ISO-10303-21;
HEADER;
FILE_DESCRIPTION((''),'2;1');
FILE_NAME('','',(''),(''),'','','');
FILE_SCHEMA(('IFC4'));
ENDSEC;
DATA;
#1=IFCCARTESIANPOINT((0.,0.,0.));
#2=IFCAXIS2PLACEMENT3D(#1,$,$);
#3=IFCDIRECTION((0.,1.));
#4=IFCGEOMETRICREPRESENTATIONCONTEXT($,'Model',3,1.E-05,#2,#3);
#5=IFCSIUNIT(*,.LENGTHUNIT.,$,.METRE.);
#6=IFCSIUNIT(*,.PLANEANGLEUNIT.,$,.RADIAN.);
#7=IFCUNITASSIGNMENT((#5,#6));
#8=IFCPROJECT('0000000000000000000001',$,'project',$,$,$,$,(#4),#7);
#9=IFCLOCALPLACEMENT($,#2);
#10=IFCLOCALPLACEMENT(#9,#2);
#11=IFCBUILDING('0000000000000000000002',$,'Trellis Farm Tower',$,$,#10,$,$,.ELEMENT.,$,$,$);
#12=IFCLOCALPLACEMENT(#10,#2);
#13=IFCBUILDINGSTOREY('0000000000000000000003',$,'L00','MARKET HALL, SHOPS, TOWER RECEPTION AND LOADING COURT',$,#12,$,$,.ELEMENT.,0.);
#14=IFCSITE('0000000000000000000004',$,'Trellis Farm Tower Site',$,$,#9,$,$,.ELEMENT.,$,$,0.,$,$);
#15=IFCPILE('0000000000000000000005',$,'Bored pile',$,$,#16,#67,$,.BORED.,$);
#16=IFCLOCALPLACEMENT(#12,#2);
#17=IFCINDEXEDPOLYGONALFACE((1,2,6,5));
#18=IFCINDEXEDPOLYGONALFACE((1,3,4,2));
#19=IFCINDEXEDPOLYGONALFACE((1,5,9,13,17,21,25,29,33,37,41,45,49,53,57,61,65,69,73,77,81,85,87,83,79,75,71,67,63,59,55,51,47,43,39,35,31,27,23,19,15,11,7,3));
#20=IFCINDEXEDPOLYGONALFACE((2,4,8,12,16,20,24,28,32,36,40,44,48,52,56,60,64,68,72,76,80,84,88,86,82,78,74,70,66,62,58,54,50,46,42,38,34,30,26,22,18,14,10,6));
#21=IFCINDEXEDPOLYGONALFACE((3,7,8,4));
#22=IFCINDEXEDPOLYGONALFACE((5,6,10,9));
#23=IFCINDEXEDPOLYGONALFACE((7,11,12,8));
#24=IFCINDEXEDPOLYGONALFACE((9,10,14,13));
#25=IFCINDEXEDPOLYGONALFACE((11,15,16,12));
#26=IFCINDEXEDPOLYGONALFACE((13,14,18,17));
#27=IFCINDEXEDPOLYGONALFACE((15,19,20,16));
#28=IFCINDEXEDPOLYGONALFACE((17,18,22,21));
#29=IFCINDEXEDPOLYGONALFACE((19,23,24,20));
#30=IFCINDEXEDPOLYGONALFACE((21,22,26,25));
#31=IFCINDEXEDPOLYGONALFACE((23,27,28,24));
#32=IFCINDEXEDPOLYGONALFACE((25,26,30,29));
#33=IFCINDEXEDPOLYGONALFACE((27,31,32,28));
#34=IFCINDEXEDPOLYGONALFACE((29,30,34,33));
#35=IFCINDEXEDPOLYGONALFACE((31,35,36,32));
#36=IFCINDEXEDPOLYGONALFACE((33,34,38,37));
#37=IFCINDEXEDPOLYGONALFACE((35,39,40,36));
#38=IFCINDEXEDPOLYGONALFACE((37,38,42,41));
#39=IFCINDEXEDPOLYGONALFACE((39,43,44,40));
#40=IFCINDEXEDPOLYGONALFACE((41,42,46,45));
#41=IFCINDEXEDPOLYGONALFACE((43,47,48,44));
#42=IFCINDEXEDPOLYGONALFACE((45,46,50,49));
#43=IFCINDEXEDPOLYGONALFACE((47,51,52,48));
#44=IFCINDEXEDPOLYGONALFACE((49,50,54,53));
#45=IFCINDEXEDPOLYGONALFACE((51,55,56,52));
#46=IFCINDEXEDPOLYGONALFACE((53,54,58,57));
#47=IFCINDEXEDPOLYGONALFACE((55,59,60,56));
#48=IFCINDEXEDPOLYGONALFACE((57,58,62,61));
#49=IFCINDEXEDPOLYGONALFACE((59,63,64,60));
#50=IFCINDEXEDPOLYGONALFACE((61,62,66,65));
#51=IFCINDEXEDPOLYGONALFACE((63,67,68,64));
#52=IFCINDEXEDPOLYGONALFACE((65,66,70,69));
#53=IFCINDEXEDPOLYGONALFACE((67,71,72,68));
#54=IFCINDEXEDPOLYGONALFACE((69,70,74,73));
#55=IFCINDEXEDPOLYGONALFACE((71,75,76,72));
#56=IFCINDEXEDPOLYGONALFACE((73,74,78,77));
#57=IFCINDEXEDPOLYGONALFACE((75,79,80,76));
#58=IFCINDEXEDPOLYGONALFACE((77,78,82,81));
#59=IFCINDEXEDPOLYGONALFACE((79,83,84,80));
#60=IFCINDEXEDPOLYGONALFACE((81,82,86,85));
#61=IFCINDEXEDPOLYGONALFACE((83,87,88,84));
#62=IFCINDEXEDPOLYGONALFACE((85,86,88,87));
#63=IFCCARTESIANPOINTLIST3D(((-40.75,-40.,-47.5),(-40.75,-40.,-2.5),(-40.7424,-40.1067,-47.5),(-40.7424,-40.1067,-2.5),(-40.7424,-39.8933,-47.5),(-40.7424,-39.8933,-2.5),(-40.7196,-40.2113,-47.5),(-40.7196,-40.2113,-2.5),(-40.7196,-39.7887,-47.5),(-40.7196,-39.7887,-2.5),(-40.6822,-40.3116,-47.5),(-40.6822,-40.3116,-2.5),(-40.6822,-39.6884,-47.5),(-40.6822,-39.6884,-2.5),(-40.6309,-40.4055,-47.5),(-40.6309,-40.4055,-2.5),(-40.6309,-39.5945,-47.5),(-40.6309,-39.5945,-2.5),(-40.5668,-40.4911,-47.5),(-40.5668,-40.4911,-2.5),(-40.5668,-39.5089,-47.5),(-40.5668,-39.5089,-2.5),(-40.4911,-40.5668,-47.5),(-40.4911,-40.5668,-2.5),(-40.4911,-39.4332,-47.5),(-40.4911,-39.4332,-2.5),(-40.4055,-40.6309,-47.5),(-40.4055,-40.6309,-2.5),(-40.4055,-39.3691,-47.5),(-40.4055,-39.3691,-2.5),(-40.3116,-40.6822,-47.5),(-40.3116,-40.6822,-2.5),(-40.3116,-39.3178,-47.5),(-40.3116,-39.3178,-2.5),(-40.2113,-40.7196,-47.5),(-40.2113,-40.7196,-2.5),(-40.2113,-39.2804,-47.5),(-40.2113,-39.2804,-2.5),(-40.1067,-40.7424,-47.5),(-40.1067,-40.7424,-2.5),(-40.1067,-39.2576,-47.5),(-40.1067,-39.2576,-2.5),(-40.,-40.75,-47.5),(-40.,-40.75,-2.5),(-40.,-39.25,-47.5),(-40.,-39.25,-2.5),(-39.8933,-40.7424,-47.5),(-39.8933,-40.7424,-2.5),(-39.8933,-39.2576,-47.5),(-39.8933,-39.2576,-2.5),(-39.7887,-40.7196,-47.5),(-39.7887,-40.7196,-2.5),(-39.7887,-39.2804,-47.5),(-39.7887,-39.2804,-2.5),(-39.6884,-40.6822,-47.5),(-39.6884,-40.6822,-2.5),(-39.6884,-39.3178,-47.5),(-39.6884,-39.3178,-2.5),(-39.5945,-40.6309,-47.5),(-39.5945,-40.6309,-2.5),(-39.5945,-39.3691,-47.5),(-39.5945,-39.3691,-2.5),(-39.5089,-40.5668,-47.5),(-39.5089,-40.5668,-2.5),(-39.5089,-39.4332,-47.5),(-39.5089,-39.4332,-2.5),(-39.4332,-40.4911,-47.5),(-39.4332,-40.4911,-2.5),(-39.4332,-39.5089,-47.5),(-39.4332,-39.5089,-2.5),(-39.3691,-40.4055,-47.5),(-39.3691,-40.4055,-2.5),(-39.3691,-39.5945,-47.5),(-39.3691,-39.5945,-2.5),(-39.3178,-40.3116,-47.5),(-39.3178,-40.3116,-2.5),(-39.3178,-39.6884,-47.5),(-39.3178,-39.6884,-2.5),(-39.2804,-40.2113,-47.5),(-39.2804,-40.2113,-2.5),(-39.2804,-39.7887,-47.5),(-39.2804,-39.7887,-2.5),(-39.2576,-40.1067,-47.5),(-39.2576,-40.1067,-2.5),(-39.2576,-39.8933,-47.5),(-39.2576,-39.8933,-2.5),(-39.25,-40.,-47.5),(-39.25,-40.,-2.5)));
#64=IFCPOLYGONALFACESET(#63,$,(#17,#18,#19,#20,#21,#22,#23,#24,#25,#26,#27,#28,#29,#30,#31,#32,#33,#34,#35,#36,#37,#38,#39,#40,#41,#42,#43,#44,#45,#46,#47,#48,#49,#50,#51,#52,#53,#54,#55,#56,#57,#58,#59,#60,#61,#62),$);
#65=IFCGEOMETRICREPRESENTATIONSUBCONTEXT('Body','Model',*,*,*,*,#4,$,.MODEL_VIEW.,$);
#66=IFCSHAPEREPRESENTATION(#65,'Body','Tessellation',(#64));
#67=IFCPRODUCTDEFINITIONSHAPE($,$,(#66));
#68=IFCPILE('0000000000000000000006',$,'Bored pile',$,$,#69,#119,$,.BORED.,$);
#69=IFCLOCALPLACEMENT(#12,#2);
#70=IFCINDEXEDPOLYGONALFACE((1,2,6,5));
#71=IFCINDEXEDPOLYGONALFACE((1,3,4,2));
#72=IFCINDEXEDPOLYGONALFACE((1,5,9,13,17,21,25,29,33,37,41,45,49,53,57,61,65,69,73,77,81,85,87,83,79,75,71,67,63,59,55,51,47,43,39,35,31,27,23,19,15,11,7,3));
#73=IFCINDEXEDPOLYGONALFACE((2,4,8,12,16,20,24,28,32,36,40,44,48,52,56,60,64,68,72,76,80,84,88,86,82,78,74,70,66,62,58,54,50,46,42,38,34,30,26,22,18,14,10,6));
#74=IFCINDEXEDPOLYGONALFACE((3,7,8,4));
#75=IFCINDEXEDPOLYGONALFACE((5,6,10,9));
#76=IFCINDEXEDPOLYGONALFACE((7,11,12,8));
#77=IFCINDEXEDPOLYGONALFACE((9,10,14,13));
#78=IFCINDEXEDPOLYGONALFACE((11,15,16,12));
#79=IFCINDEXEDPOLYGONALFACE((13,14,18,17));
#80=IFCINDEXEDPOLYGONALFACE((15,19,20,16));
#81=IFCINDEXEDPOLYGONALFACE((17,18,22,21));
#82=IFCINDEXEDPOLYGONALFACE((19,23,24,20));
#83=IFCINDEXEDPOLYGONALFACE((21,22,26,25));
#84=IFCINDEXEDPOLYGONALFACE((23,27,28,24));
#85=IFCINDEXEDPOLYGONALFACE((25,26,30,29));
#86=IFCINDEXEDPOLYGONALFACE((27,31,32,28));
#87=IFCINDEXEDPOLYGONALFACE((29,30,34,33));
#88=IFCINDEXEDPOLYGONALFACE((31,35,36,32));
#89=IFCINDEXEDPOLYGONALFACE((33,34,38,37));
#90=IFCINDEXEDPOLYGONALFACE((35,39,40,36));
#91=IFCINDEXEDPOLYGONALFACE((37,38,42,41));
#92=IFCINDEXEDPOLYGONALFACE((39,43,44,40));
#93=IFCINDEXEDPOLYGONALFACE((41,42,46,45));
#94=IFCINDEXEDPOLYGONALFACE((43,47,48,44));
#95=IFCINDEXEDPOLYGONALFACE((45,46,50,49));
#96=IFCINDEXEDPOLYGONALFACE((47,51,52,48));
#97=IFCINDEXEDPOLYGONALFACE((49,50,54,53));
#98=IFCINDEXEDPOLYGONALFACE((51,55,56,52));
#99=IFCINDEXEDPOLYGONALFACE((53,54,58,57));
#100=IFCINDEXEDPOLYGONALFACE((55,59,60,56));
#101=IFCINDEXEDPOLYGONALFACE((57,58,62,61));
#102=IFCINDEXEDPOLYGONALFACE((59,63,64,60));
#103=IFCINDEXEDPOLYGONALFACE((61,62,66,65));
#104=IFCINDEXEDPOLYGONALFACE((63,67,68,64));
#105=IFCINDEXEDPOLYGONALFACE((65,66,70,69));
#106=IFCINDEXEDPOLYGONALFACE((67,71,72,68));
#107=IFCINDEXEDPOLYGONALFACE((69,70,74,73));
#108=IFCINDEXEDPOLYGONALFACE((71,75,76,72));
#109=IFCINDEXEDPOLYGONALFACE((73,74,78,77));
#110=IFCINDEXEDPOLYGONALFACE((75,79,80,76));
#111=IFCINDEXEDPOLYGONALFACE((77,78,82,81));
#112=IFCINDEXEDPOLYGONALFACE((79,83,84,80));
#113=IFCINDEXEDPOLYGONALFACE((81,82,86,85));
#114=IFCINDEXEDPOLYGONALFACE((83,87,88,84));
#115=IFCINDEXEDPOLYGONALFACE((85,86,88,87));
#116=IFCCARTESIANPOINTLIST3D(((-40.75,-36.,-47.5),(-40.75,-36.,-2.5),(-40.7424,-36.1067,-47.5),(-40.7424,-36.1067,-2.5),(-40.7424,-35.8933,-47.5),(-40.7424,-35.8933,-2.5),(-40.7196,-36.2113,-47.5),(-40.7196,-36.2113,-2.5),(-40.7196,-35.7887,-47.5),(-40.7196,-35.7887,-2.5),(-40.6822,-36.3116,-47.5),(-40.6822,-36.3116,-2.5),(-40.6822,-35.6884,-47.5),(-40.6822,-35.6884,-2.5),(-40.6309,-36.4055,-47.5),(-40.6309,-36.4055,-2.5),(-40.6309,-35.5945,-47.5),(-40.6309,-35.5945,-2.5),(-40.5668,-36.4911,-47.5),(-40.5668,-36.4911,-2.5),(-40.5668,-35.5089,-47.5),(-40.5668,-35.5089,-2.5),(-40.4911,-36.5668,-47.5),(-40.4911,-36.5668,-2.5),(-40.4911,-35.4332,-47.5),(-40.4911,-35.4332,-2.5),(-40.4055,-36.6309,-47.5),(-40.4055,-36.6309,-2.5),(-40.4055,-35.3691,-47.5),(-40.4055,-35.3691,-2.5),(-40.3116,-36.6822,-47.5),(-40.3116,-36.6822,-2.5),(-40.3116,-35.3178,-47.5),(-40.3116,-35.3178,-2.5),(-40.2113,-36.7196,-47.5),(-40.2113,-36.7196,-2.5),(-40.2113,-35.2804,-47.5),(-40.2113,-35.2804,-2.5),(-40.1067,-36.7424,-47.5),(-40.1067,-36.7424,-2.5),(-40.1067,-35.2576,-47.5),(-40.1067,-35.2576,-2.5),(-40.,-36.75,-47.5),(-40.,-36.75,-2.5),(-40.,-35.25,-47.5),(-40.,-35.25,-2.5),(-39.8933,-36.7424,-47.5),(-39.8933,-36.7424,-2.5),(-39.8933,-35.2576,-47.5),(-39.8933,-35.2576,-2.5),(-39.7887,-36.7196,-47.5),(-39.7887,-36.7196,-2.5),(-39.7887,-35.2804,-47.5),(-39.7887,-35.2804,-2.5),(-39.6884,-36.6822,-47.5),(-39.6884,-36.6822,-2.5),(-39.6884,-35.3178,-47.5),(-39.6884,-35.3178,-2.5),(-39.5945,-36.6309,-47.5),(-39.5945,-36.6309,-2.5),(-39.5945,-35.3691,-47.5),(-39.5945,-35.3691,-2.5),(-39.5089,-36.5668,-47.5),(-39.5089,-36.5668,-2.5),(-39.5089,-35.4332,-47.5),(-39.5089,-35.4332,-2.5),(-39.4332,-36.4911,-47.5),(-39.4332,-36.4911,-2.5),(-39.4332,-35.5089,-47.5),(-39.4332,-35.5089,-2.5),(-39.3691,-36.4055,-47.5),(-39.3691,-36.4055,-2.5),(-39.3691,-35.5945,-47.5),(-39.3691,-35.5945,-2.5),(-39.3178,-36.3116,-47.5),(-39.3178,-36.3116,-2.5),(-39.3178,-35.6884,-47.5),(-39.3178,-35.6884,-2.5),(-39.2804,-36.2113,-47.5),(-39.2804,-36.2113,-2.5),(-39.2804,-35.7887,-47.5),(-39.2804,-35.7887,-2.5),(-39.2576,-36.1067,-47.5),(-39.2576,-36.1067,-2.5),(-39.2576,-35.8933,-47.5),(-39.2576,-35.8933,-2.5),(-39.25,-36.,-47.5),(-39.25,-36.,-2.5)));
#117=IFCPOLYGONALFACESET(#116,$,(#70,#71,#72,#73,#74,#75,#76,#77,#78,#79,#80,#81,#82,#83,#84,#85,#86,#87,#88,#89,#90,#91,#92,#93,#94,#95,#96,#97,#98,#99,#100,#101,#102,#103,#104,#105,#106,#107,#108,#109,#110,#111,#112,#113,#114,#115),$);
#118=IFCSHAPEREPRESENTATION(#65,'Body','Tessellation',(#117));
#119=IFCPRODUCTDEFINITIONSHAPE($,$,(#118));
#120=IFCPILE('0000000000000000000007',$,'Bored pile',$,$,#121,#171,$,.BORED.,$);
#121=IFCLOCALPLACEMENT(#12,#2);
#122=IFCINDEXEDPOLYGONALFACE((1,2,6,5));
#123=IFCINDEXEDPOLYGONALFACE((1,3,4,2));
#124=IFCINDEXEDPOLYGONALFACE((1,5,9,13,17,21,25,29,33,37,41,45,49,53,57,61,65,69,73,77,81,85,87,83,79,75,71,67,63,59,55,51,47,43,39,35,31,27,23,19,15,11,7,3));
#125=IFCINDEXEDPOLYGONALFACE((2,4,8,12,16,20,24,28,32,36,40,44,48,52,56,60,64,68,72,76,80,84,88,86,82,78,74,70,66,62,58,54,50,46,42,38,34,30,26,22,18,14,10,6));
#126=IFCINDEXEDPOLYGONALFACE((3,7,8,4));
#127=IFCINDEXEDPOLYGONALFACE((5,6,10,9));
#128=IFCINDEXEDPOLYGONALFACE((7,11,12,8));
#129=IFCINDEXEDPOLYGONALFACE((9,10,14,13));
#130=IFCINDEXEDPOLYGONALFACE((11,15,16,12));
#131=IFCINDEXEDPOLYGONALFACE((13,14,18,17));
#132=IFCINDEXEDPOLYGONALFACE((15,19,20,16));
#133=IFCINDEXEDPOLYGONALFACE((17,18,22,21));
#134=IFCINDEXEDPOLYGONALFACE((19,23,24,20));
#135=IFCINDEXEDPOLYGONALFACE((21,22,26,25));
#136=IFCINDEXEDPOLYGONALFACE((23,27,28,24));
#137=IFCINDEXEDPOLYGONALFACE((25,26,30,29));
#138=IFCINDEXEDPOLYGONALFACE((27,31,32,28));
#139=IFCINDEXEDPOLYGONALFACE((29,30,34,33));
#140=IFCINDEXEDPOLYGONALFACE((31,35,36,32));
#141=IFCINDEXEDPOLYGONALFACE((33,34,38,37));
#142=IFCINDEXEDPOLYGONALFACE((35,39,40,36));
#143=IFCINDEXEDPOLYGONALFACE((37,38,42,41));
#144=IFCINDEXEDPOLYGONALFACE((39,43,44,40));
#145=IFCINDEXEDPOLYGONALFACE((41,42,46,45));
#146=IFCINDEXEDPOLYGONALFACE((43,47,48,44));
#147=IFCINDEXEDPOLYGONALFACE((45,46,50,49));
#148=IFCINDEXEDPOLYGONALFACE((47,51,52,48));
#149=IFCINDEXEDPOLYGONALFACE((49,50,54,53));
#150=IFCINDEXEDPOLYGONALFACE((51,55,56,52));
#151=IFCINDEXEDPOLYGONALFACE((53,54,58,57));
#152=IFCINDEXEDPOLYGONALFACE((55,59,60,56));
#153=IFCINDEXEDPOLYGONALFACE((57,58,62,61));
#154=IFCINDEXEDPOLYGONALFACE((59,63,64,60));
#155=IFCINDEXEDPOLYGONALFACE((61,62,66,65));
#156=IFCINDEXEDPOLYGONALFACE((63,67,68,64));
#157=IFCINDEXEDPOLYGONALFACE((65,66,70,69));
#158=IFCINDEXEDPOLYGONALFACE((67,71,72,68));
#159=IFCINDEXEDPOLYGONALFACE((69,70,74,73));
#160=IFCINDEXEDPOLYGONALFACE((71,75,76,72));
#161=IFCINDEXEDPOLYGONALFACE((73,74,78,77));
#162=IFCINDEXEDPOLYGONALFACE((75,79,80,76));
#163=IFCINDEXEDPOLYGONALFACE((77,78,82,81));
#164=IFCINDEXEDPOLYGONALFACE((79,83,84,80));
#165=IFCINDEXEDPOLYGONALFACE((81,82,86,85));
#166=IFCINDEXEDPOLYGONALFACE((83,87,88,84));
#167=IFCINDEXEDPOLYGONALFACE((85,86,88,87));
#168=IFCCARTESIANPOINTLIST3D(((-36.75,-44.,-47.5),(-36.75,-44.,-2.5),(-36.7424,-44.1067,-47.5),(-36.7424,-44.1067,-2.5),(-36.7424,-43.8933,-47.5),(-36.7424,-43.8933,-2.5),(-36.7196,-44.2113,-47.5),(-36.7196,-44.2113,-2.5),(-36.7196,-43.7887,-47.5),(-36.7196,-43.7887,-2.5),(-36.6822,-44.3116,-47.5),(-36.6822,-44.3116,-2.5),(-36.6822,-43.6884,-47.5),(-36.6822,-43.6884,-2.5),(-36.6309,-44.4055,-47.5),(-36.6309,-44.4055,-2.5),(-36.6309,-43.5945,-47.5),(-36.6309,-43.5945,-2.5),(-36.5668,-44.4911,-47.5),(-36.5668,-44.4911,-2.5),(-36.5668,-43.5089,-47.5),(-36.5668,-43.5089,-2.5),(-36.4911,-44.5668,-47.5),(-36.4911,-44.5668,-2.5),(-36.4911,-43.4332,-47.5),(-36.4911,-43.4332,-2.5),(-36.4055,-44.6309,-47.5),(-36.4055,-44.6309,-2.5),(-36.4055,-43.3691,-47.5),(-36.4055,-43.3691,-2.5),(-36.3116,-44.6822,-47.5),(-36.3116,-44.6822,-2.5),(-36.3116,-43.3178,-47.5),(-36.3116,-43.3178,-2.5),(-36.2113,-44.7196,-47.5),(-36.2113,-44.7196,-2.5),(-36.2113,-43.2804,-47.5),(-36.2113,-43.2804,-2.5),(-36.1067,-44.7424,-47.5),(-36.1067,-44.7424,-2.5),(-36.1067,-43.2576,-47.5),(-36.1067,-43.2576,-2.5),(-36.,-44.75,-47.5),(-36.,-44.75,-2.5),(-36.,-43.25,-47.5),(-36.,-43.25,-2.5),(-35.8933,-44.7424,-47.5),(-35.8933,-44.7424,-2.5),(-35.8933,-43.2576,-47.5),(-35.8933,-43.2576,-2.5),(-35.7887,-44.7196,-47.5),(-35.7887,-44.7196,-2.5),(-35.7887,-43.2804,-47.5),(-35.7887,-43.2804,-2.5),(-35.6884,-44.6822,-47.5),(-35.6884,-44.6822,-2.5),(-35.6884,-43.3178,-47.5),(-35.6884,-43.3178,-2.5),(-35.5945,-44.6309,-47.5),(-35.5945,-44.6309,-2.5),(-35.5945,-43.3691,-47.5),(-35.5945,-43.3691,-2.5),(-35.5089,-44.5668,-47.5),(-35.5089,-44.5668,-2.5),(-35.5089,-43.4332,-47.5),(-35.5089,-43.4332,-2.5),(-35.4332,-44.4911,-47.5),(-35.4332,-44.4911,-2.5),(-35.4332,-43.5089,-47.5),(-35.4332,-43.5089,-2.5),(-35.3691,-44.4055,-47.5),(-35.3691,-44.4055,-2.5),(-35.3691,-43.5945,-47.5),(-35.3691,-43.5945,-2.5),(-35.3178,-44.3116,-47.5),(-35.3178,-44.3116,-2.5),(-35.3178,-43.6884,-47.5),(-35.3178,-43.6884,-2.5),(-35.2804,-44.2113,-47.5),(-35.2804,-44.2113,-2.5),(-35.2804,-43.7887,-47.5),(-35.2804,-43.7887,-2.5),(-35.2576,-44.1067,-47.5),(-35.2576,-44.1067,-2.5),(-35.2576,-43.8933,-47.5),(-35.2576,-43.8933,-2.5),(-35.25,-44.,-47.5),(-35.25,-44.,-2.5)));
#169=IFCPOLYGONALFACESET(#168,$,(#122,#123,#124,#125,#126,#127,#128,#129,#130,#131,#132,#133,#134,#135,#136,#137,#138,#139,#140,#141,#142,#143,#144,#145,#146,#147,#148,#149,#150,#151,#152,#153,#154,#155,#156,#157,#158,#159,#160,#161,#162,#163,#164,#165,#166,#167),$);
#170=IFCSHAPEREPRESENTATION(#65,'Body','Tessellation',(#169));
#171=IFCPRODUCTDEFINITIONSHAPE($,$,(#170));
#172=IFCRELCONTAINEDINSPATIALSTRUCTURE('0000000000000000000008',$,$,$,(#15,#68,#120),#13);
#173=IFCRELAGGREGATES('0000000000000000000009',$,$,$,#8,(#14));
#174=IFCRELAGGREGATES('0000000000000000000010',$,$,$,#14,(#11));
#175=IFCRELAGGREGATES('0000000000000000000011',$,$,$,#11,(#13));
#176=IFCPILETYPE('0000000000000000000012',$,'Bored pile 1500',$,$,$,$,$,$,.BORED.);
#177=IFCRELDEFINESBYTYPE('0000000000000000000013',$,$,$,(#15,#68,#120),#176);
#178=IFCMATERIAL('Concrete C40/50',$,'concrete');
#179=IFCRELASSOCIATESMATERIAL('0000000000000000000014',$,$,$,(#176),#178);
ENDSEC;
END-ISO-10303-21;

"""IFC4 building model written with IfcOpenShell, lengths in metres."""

from ifc_helpers import new_model, si_unit, direction, frame, origin, origin_2d, place, context, subcontext, project, spatial, circle, extrude, source, transform, mapped, material, material_profile, profile_set, type_object, element, save


model = new_model("IFC4")

# Units and contexts
model_context = context("Model", 3, precision=1e-05, world=origin(), true_north=direction((0.0, 1.0)))
body_context = subcontext(model_context, "Body", "Model", "MODEL_VIEW")
ifc_project = project(units=[si_unit("LENGTHUNIT", "METRE"), si_unit("PLANEANGLEUNIT", "RADIAN")], contexts=[model_context])

# Site, building, storey
site_placement = place(None, origin())
site = spatial("IfcSite", under=ifc_project, at=site_placement, Name="Trellis Farm Tower Site", CompositionType="ELEMENT", RefElevation=0.0)
building_placement = place(site_placement, origin())
building = spatial("IfcBuilding", under=site, at=building_placement, Name="Trellis Farm Tower", CompositionType="ELEMENT")
storey_placement = place(building_placement, origin())
storey = spatial("IfcBuildingStorey", under=building, at=storey_placement, Name="L00", Description="MARKET HALL, SHOPS, TOWER RECEPTION AND LOADING COURT", CompositionType="ELEMENT", Elevation=0.0)

# Piles
ifc_material_1 = material(Name="Concrete C40/50", Category="concrete")
ifc_material_profile_1 = material_profile(ifc_material_1, circle(Radius=0.75, at=origin_2d()), Name="Bored pile 1500")
ifc_profile_set_1 = profile_set([ifc_material_profile_1], Name="Concrete C40/50")
pile_type = type_object("IfcPileType", Name="Bored pile 1500", PredefinedType="BORED", material=ifc_profile_set_1)
shared_shape_1 = source(origin(), body_context, "Body", "SweptSolid", [
    extrude(circle(Radius=0.75, at=origin_2d()), origin(), (0.0, 0.0, 1.0), 45.0),
])
for number, where, z_axis, x_axis, name in (
    (1, (-40.0, -40.0, -2.5), (0.0, 0.0, -1.0), (1.0, 0.0, 0.0), "Bored pile"),
    (2, (-40.0, -36.0, -2.5), (0.0, 0.0, -1.0), (1.0, 0.0, 0.0), "Bored pile"),
    (3, (-36.0, -44.0, -2.5), (0.0, 0.0, -1.0), (1.0, 0.0, 0.0), "Bored pile"),
):
    element("IfcPile", number, at=place(storey_placement, frame(where, z_axis=z_axis, x_axis=x_axis)), inside=storey, type_object=pile_type, Name=name, PredefinedType="BORED", context=body_context, shape_type="MappedRepresentation", body=[
        mapped(shared_shape_1, transform((0.0, 0.0, 0.0))),
    ])

save(model, "model.ifc")
